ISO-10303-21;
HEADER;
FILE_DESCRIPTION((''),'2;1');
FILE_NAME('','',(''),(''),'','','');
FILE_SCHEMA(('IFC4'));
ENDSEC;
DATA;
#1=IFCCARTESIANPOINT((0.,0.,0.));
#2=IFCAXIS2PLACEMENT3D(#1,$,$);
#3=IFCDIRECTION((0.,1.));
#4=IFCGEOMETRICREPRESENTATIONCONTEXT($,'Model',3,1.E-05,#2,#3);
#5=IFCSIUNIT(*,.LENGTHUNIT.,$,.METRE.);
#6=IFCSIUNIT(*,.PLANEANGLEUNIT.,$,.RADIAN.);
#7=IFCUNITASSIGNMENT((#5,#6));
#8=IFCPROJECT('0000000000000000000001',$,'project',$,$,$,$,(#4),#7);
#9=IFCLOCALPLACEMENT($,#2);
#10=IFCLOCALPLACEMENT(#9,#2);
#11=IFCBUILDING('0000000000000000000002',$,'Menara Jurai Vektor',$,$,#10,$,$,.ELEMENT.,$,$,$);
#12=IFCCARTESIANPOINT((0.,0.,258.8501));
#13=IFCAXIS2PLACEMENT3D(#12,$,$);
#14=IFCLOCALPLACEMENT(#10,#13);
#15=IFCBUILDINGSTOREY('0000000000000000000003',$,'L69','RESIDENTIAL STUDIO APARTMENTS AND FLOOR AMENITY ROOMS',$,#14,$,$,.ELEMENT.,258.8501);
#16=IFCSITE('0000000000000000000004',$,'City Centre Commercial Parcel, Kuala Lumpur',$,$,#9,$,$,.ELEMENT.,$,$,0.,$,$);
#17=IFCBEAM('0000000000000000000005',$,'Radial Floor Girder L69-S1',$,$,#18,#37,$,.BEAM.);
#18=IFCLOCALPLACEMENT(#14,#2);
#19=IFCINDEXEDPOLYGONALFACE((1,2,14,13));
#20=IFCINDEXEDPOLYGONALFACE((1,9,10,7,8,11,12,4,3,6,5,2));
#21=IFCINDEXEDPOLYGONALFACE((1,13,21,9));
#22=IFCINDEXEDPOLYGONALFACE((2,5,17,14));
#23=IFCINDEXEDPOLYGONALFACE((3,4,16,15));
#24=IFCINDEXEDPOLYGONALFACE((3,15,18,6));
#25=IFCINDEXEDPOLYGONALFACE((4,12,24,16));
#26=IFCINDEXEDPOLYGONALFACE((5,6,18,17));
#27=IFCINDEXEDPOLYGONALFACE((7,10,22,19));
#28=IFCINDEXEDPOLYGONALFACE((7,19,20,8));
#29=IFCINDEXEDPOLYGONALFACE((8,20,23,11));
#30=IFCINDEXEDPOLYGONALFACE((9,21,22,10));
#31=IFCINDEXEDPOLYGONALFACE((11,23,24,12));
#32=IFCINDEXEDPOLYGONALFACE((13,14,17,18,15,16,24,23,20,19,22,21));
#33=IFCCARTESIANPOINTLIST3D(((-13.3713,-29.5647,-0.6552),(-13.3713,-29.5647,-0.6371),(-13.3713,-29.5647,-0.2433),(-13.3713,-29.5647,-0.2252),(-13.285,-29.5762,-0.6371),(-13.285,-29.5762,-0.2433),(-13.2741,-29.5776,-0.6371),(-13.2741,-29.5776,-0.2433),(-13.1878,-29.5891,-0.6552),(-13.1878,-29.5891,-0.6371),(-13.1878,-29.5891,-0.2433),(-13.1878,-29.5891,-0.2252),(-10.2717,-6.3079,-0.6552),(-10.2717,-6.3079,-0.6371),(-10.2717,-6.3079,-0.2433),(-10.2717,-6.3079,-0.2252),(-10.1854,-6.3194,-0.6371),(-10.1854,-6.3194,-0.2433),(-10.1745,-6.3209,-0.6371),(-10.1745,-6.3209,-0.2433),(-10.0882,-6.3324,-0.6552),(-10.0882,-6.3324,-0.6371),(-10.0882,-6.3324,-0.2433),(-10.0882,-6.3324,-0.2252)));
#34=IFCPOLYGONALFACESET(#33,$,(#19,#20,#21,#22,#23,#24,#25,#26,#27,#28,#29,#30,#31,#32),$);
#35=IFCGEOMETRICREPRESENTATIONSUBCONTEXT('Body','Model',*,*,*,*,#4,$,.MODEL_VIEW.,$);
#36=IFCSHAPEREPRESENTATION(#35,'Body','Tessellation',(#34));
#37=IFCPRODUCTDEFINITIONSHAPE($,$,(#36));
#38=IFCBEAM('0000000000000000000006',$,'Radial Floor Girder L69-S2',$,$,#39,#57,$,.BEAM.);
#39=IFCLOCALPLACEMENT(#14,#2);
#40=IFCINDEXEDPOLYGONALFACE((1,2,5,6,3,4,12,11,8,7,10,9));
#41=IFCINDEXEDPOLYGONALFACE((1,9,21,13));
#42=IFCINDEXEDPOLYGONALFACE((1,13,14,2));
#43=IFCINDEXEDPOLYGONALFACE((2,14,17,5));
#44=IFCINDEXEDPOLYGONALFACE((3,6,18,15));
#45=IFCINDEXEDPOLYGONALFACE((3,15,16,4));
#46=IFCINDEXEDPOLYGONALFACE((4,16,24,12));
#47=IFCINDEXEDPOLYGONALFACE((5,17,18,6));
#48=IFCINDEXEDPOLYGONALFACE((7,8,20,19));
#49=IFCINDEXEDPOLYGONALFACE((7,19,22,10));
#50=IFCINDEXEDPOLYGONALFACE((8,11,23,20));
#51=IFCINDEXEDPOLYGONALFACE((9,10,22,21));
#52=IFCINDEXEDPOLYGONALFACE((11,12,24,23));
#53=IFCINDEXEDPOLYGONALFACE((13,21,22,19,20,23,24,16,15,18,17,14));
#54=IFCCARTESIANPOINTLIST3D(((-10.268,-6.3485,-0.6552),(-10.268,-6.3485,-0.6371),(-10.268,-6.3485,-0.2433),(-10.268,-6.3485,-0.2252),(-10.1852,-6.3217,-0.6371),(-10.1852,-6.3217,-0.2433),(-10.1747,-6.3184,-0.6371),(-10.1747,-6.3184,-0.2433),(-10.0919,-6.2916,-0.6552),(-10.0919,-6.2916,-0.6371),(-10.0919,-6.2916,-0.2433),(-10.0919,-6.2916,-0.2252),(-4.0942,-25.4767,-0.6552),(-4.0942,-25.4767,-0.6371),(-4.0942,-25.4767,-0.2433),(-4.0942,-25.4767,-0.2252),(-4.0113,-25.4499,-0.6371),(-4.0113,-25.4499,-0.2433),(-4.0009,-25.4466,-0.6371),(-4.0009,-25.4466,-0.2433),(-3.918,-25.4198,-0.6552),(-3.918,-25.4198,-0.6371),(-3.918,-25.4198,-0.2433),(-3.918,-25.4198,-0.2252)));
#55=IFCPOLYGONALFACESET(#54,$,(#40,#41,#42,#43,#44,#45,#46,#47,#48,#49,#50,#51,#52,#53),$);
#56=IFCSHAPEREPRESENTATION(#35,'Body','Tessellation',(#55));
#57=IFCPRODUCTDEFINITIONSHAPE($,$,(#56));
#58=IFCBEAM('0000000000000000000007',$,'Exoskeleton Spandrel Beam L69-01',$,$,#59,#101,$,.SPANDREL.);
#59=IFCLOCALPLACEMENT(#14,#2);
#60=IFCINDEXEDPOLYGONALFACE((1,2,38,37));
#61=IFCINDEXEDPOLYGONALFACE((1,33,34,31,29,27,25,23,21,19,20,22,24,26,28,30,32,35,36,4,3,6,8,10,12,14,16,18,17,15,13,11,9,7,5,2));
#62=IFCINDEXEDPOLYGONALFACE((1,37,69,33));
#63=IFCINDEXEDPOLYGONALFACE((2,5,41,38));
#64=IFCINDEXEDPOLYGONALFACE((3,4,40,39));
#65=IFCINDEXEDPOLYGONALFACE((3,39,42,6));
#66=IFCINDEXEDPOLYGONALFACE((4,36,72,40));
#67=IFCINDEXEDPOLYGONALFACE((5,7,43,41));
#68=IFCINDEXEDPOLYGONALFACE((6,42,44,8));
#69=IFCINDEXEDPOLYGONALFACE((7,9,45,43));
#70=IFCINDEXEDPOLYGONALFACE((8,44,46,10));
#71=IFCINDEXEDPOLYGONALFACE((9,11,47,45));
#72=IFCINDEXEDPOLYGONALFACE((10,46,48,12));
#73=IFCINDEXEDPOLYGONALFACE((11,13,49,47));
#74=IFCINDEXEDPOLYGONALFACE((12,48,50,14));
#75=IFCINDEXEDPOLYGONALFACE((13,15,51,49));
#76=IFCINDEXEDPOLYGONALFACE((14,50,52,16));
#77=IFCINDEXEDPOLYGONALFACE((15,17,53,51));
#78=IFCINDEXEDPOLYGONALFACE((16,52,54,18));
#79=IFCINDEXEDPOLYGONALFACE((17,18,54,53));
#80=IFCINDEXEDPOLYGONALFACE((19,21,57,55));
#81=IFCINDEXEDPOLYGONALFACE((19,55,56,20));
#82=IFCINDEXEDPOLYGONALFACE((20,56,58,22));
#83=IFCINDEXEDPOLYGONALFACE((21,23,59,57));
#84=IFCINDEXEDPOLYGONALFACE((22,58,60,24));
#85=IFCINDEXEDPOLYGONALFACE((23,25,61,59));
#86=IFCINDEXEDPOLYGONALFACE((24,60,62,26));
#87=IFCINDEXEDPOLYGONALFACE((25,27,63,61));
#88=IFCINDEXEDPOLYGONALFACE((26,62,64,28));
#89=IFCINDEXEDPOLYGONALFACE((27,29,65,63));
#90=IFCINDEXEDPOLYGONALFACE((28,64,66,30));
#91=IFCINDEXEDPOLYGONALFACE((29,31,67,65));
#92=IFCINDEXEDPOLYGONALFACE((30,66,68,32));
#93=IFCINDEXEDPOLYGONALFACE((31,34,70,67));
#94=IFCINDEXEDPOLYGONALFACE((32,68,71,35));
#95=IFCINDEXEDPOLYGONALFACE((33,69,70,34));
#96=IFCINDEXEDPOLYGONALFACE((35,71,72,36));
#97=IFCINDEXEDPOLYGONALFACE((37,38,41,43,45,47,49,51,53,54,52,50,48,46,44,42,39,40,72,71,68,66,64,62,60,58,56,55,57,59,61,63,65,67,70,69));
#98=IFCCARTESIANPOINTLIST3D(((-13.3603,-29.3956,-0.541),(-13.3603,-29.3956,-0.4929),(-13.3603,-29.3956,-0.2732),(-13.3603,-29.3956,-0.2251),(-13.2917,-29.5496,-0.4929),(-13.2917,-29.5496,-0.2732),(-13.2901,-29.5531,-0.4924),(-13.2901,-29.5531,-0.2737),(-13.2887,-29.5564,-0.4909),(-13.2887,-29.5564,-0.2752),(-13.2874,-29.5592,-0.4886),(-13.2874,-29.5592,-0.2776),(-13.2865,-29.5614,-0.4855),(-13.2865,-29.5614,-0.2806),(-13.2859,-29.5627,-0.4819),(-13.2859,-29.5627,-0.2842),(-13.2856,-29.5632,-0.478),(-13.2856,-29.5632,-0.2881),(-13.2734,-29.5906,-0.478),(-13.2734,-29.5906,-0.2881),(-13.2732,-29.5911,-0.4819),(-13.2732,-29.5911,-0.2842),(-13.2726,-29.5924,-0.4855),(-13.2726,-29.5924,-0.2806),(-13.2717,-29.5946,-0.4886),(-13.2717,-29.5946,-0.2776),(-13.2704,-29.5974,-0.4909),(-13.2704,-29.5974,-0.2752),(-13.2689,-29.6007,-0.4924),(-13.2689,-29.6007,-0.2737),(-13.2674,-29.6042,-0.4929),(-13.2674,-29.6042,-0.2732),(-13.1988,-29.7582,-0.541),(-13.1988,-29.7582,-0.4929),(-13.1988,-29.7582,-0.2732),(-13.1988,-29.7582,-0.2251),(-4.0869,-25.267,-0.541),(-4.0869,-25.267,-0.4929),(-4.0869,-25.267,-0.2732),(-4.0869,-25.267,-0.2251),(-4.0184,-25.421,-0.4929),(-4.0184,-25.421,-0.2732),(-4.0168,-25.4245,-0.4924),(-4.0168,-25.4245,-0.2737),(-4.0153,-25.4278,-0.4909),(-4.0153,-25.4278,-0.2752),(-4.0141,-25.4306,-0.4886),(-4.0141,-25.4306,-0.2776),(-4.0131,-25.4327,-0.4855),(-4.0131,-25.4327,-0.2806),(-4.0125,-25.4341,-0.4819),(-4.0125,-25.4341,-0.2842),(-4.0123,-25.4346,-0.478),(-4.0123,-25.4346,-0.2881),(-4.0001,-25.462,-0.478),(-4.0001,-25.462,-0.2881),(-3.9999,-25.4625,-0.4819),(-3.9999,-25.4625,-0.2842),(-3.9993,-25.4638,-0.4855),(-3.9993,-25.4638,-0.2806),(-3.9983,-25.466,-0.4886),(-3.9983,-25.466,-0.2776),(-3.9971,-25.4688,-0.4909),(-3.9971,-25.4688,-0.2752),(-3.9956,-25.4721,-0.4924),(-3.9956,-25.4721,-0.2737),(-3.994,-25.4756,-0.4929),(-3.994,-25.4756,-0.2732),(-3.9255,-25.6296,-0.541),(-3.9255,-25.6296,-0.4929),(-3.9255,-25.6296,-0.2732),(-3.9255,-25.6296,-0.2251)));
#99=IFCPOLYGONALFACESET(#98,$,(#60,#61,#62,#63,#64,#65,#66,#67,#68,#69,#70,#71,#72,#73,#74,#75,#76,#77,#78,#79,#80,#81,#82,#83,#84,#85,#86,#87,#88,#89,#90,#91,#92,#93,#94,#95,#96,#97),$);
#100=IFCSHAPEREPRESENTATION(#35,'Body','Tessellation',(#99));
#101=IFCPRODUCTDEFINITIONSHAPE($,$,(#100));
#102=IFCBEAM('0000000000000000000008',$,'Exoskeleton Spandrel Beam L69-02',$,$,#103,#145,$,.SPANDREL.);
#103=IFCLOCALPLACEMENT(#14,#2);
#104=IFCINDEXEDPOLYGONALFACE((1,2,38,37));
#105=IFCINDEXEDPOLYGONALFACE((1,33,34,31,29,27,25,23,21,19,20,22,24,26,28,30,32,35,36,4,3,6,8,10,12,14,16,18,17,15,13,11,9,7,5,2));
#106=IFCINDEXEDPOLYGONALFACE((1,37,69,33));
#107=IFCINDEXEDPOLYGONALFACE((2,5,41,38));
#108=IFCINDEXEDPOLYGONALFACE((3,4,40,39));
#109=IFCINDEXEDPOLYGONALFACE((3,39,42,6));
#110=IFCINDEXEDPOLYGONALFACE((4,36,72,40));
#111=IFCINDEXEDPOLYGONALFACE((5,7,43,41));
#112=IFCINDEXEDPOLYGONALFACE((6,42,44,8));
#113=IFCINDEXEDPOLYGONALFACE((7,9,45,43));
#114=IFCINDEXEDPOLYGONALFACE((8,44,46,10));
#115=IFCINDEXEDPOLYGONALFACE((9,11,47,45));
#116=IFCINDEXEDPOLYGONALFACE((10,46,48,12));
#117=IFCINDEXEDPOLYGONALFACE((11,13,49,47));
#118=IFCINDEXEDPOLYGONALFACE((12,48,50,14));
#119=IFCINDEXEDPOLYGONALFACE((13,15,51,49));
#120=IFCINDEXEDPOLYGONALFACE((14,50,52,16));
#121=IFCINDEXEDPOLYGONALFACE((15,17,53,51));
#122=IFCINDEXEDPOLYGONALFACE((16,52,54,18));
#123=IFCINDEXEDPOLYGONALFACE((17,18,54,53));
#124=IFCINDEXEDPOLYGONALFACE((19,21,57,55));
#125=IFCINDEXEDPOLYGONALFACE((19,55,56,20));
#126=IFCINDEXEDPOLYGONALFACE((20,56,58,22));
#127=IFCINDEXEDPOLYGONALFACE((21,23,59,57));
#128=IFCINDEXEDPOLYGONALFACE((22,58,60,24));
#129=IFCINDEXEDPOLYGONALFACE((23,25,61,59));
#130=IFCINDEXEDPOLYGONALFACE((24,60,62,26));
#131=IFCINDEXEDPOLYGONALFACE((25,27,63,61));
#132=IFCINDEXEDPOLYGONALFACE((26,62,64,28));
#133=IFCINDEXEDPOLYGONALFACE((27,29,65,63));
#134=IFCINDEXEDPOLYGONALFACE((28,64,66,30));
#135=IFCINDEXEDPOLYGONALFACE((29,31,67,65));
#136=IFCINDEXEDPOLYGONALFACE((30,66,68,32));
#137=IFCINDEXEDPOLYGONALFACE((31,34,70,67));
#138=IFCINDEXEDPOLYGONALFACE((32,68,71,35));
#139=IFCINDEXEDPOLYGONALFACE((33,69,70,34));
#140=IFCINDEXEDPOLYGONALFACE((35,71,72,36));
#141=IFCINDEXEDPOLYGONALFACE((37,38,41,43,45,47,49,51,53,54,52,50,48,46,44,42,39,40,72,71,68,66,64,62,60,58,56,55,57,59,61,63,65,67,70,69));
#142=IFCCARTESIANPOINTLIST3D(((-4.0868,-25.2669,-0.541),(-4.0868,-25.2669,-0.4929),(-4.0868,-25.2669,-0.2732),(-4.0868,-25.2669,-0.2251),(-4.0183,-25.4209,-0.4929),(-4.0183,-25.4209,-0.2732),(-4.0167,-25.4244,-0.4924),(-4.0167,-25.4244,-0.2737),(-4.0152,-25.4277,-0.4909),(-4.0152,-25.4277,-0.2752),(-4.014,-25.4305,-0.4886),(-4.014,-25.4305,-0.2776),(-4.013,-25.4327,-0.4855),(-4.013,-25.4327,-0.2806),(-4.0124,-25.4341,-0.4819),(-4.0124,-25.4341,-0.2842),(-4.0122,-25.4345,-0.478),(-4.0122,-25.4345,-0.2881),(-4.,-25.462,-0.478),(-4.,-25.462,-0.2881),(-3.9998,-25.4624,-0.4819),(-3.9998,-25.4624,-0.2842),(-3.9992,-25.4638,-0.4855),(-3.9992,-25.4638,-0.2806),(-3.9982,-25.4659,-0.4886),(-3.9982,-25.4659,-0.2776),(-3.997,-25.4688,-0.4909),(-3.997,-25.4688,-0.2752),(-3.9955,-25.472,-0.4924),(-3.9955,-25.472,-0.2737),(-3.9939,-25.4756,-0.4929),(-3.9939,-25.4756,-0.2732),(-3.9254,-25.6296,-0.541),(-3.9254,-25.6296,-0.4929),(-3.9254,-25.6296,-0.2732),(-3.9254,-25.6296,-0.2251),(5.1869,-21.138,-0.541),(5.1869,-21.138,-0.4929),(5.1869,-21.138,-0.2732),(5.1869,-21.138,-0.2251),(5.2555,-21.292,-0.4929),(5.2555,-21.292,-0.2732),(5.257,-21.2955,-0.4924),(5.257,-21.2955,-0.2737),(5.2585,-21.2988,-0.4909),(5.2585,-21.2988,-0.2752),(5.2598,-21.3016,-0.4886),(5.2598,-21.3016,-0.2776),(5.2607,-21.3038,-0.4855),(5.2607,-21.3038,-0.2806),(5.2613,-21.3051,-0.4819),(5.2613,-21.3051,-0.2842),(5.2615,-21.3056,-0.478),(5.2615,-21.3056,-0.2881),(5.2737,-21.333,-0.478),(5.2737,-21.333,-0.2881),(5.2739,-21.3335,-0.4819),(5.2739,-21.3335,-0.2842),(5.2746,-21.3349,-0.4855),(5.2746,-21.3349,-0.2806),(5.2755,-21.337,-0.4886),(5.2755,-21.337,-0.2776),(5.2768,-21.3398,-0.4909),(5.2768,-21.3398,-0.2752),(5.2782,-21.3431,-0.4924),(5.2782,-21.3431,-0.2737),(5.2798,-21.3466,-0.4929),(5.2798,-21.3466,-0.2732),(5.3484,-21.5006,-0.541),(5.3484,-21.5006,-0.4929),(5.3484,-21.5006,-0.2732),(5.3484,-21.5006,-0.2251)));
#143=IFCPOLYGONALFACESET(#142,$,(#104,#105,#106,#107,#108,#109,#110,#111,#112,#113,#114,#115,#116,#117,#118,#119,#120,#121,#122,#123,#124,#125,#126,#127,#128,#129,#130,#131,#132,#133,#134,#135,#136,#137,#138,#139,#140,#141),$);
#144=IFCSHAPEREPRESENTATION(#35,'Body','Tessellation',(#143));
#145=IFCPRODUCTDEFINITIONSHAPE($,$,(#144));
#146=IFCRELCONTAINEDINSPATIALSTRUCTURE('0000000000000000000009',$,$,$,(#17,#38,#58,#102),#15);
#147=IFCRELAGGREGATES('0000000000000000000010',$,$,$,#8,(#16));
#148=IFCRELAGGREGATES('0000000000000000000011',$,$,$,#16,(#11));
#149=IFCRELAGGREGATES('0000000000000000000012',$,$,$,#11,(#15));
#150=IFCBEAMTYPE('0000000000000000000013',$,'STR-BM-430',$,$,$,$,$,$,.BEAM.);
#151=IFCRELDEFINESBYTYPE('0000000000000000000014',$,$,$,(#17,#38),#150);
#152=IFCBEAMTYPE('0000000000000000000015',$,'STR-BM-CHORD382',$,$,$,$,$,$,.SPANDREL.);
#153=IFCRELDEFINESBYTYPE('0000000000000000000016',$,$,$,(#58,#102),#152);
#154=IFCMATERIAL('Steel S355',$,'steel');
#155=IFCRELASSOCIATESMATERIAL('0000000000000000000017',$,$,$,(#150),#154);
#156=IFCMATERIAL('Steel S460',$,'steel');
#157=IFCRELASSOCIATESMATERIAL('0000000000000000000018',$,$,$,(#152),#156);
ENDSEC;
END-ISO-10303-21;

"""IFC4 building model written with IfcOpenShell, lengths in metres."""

from ifc_helpers import new_model, si_unit, direction, frame, origin, origin_2d, place, context, subcontext, project, spatial, i_section, extrude, material, material_profile, profile_set, type_object, element, save


model = new_model("IFC4")

# Units and contexts
model_context = context("Model", 3, precision=1e-05, world=origin(), true_north=direction((0.0, 1.0)))
body_context = subcontext(model_context, "Body", "Model", "MODEL_VIEW")
ifc_project = project(units=[si_unit("LENGTHUNIT", "METRE"), si_unit("PLANEANGLEUNIT", "RADIAN")], contexts=[model_context])

# Site, building, storey
site_placement = place(None, origin())
site = spatial("IfcSite", under=ifc_project, at=site_placement, Name="City Centre Commercial Parcel, Kuala Lumpur", CompositionType="ELEMENT", RefElevation=0.0)
building_placement = place(site_placement, origin())
building = spatial("IfcBuilding", under=site, at=building_placement, Name="Menara Jurai Vektor", CompositionType="ELEMENT")
storey_placement = place(building_placement, frame((0.0, 0.0, 258.8501)))
storey = spatial("IfcBuildingStorey", under=building, at=storey_placement, Name="L69", Description="RESIDENTIAL STUDIO APARTMENTS AND FLOOR AMENITY ROOMS", CompositionType="ELEMENT", Elevation=258.8501)

# Shared definitions
ifc_material_1 = material(Name="Steel S460", Category="steel")

# Beams
ifc_material_2 = material(Name="Steel S355", Category="steel")
ifc_material_profile_1 = material_profile(ifc_material_2, i_section(OverallWidth=0.1851, OverallDepth=0.4299, WebThickness=0.011, FlangeThickness=0.0181, at=origin_2d()), Name="PG 430x185x76")
ifc_profile_set_1 = profile_set([ifc_material_profile_1], Name="Steel S355")
beam_type_1 = type_object("IfcBeamType", Name="STR-BM-430", PredefinedType="BEAM", material=ifc_profile_set_1)
beam_1_placement = place(storey_placement, frame((-13.2795, -29.5769, -0.4402), z_axis=(0.132109, 0.991235, 0.0), x_axis=(-0.991235, 0.132109, 0.0)))
element("IfcBeam", 1, at=beam_1_placement, inside=storey, type_object=beam_type_1, Name="Radial Floor Girder L69-S1", PredefinedType="BEAM", context=body_context, shape_type="SweptSolid", body=[
    extrude(i_section(OverallWidth=0.1851, OverallDepth=0.4299, WebThickness=0.011, FlangeThickness=0.0181, at=origin_2d()), origin(), (0.0, 0.0, 1.0), 23.4624),
])
beam_2_placement = place(storey_placement, frame((-4.0061, -25.4482, -0.4402), z_axis=(-0.307158, 0.951658, 0.0), x_axis=(-0.951658, -0.307158, 0.0)))
element("IfcBeam", 2, at=beam_2_placement, inside=storey, type_object=beam_type_1, Name="Radial Floor Girder L69-S2", PredefinedType="BEAM", context=body_context, shape_type="SweptSolid", body=[
    extrude(i_section(OverallWidth=0.1851, OverallDepth=0.4299, WebThickness=0.011, FlangeThickness=0.0181, at=origin_2d()), origin(), (0.0, 0.0, 1.0), 20.0999),
])
ifc_material_profile_2 = material_profile(ifc_material_1, i_section(OverallWidth=0.397, OverallDepth=0.3159, WebThickness=0.03, FlangeThickness=0.0481, FilletRadius=0.0149, at=origin_2d()), Name="HD 400x382")
ifc_profile_set_2 = profile_set([ifc_material_profile_2], Name="Steel S460")
beam_type_2 = type_object("IfcBeamType", Name="STR-BM-CHORD382", PredefinedType="SPANDREL", material=ifc_profile_set_2)
beam_3_placement = place(storey_placement, frame((-13.2795, -29.5769, -0.3831), z_axis=(0.913551, 0.406725, 0.0), x_axis=(-0.406725, 0.913551, 0.0)))
element("IfcBeam", 3, at=beam_3_placement, inside=storey, type_object=beam_type_2, Name="Exoskeleton Spandrel Beam L69-01", PredefinedType="SPANDREL", context=body_context, shape_type="SweptSolid", body=[
    extrude(i_section(OverallWidth=0.397, OverallDepth=0.3159, WebThickness=0.03, FlangeThickness=0.0481, FilletRadius=0.0149, at=origin_2d()), origin(), (0.0, 0.0, 1.0), 10.1509),
])
beam_4_placement = place(storey_placement, frame((-4.0061, -25.4482, -0.3831), z_axis=(0.913546, 0.406736, 0.0), x_axis=(-0.406736, 0.913546, 0.0)))
element("IfcBeam", 4, at=beam_4_placement, inside=storey, type_object=beam_type_2, Name="Exoskeleton Spandrel Beam L69-02", PredefinedType="SPANDREL", context=body_context, shape_type="SweptSolid", body=[
    extrude(i_section(OverallWidth=0.397, OverallDepth=0.3159, WebThickness=0.03, FlangeThickness=0.0481, FilletRadius=0.0149, at=origin_2d()), origin(), (0.0, 0.0, 1.0), 10.1514),
])

save(model, "model.ifc")
